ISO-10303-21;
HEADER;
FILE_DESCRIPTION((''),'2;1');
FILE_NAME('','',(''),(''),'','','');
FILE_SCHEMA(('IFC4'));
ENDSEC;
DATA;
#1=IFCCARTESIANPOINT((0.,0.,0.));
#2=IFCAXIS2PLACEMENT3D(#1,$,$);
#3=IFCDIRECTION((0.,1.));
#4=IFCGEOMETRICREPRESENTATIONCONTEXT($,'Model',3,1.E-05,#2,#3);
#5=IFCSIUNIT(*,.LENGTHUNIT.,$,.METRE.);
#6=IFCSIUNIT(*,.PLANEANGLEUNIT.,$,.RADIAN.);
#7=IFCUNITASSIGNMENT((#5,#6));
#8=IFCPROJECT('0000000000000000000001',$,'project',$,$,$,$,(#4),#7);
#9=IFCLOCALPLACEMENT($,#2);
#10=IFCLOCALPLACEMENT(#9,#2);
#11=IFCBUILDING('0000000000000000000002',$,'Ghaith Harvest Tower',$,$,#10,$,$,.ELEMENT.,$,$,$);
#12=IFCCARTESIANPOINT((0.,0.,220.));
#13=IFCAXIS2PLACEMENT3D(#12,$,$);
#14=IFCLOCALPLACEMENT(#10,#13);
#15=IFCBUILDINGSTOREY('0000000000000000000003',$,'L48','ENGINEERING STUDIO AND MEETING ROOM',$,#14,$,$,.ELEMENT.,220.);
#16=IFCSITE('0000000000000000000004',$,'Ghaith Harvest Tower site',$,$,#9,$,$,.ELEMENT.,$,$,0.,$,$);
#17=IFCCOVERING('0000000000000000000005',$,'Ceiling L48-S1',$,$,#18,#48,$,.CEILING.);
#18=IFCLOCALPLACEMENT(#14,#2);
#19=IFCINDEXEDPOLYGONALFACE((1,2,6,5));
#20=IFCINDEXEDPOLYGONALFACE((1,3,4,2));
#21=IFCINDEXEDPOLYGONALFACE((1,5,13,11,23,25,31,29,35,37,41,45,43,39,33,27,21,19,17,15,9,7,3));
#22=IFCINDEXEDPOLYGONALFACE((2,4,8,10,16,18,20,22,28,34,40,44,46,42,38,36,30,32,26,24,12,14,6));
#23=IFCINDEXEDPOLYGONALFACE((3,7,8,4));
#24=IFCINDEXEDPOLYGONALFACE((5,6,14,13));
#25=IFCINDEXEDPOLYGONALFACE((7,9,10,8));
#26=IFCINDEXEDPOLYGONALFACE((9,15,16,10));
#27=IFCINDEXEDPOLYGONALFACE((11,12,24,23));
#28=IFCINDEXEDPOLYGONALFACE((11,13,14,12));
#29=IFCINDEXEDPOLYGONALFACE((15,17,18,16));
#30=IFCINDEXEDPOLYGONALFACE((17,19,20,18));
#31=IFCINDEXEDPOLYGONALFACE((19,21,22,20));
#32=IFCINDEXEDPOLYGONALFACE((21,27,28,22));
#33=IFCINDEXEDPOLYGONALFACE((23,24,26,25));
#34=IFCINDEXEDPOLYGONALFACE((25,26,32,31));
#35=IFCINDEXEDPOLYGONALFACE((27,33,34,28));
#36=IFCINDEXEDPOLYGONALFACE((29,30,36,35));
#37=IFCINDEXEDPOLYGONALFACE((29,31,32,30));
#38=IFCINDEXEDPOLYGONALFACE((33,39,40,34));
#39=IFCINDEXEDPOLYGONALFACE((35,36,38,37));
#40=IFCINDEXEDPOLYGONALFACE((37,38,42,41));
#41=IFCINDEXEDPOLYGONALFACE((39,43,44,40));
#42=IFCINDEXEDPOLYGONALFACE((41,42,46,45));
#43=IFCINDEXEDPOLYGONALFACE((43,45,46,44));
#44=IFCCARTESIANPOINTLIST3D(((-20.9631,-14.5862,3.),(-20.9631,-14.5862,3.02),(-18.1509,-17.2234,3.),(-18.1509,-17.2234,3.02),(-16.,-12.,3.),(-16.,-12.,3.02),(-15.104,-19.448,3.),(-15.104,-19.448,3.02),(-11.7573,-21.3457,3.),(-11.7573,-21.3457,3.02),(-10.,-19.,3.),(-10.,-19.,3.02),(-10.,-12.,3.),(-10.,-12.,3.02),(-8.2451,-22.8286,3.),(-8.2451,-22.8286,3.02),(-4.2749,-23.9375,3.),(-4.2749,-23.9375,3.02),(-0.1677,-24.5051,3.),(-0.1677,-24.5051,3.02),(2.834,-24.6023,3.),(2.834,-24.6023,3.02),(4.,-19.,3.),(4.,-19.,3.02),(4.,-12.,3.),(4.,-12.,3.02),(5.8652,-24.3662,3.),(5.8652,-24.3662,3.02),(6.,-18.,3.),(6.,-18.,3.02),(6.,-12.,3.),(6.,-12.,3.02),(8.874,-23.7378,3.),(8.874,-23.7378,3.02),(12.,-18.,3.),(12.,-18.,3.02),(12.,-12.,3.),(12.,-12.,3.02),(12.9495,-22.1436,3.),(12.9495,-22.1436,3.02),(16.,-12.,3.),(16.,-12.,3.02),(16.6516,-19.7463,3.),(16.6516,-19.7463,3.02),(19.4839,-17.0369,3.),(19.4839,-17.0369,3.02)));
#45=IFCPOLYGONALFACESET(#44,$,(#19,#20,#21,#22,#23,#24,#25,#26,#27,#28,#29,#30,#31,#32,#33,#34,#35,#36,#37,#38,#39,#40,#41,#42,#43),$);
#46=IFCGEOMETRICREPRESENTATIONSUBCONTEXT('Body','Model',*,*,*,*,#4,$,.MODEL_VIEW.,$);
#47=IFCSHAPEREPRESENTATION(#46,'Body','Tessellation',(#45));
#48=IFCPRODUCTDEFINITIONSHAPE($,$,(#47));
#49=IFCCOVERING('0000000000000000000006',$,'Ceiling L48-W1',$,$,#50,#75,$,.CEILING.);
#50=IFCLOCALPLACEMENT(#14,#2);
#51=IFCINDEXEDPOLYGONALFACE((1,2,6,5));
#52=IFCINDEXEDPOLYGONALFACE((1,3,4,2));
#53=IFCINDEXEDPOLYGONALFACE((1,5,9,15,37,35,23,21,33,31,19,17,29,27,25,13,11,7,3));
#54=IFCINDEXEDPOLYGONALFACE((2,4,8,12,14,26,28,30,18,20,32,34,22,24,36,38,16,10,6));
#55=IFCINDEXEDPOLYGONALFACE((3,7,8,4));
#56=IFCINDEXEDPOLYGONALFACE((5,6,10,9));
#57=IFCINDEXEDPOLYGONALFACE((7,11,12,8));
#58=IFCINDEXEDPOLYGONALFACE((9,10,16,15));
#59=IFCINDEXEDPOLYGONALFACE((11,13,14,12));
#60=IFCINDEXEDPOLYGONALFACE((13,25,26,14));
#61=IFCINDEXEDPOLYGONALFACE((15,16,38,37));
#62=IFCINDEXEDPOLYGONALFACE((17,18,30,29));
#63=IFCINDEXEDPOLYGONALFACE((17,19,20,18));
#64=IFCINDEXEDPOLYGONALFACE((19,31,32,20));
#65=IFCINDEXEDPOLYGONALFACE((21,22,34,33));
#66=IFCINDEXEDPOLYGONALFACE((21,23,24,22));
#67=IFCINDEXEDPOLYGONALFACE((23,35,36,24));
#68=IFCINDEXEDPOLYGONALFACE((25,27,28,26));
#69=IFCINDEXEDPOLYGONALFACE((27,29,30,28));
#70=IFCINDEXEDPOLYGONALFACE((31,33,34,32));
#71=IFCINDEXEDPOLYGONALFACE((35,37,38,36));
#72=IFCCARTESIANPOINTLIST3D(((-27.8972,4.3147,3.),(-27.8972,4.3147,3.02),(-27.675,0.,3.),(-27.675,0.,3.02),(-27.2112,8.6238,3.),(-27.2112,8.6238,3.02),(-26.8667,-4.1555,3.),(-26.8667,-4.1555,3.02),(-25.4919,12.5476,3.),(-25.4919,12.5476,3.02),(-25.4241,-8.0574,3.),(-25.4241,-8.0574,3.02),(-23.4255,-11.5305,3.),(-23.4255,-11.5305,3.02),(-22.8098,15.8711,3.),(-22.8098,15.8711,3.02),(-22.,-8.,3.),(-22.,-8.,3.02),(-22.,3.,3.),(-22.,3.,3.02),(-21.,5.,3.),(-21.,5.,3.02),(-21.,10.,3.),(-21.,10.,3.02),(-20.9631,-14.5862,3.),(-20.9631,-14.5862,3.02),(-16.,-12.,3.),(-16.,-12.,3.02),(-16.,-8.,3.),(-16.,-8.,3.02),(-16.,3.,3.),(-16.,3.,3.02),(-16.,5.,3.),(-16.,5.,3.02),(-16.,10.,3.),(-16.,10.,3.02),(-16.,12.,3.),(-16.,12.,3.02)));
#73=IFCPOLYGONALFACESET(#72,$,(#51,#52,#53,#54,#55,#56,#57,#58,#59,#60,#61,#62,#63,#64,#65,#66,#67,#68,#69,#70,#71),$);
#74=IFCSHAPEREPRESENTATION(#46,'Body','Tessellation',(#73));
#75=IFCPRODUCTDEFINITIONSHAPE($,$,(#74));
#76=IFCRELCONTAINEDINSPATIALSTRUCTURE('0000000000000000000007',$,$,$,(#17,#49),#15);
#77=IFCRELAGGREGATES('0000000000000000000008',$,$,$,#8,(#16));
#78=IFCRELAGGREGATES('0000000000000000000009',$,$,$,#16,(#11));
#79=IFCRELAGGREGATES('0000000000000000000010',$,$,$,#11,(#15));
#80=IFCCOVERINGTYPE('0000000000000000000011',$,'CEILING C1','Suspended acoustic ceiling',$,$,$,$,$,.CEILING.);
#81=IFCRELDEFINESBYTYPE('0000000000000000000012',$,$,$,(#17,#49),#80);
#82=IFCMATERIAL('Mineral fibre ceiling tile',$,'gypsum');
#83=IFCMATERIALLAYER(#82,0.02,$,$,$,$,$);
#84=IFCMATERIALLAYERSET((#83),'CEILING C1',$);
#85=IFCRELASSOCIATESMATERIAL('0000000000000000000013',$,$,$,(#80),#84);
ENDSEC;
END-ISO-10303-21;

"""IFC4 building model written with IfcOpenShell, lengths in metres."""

from ifc_helpers import new_model, si_unit, direction, frame, origin, place, context, subcontext, project, spatial, polyline, outline, extrude, material, layer, layer_set, type_object, element, save


model = new_model("IFC4")

# Units and contexts
model_context = context("Model", 3, precision=1e-05, world=origin(), true_north=direction((0.0, 1.0)))
body_context = subcontext(model_context, "Body", "Model", "MODEL_VIEW")
ifc_project = project(units=[si_unit("LENGTHUNIT", "METRE"), si_unit("PLANEANGLEUNIT", "RADIAN")], contexts=[model_context])

# Site, building, storey
site_placement = place(None, origin())
site = spatial("IfcSite", under=ifc_project, at=site_placement, Name="Ghaith Harvest Tower site", CompositionType="ELEMENT", RefElevation=0.0)
building_placement = place(site_placement, origin())
building = spatial("IfcBuilding", under=site, at=building_placement, Name="Ghaith Harvest Tower", CompositionType="ELEMENT")
storey_placement = place(building_placement, frame((0.0, 0.0, 220.0)))
storey = spatial("IfcBuildingStorey", under=building, at=storey_placement, Name="L48", Description="ENGINEERING STUDIO AND MEETING ROOM", CompositionType="ELEMENT", Elevation=220.0)

# Coverings
ifc_material_1 = material(Name="Mineral fibre ceiling tile", Category="gypsum")
ifc_layer_1 = layer(ifc_material_1, 0.02)
ifc_layer_set_1 = layer_set([ifc_layer_1], Name="CEILING C1")
covering_type = type_object("IfcCoveringType", Name="CEILING C1", Description="Suspended acoustic ceiling", PredefinedType="CEILING", material=ifc_layer_set_1)
covering_1_placement = place(storey_placement, frame((0.0, 0.0, 3.0)))
element("IfcCovering", 1, at=covering_1_placement, inside=storey, type_object=covering_type, Name="Ceiling L48-S1", PredefinedType="CEILING", context=body_context, shape_type="SweptSolid", body=[
    extrude(outline(polyline([(16.6516, -19.7463), (12.9495, -22.1436), (8.874, -23.7378), (5.8652, -24.3662), (2.834, -24.6023), (-0.1677, -24.5051), (-4.2749, -23.9375), (-8.2451, -22.8286), (-11.7573, -21.3457), (-15.104, -19.448), (-18.1509, -17.2234), (-20.9631, -14.5862), (-16.0, -12.0), (-10.0, -12.0), (-10.0, -19.0), (4.0, -19.0), (4.0, -12.0), (6.0, -12.0), (6.0, -18.0), (12.0, -18.0), (12.0, -12.0), (16.0, -12.0), (19.4839, -17.0369), (16.6516, -19.7463)])), origin(), (0.0, 0.0, 1.0), 0.02),
])
covering_2_placement = place(storey_placement, frame((0.0, 0.0, 3.0)))
element("IfcCovering", 2, at=covering_2_placement, inside=storey, type_object=covering_type, Name="Ceiling L48-W1", PredefinedType="CEILING", context=body_context, shape_type="SweptSolid", body=[
    extrude(outline(polyline([(-23.4255, -11.5305), (-25.4241, -8.0574), (-26.8667, -4.1555), (-27.675, 0.0), (-27.8972, 4.3147), (-27.2112, 8.6238), (-25.4919, 12.5476), (-22.8098, 15.8711), (-16.0, 12.0), (-16.0, 10.0), (-21.0, 10.0), (-21.0, 5.0), (-16.0, 5.0), (-16.0, 3.0), (-22.0, 3.0), (-22.0, -8.0), (-16.0, -8.0), (-16.0, -12.0), (-20.9631, -14.5862), (-23.4255, -11.5305)])), origin(), (0.0, 0.0, 1.0), 0.02),
])

save(model, "model.ifc")
